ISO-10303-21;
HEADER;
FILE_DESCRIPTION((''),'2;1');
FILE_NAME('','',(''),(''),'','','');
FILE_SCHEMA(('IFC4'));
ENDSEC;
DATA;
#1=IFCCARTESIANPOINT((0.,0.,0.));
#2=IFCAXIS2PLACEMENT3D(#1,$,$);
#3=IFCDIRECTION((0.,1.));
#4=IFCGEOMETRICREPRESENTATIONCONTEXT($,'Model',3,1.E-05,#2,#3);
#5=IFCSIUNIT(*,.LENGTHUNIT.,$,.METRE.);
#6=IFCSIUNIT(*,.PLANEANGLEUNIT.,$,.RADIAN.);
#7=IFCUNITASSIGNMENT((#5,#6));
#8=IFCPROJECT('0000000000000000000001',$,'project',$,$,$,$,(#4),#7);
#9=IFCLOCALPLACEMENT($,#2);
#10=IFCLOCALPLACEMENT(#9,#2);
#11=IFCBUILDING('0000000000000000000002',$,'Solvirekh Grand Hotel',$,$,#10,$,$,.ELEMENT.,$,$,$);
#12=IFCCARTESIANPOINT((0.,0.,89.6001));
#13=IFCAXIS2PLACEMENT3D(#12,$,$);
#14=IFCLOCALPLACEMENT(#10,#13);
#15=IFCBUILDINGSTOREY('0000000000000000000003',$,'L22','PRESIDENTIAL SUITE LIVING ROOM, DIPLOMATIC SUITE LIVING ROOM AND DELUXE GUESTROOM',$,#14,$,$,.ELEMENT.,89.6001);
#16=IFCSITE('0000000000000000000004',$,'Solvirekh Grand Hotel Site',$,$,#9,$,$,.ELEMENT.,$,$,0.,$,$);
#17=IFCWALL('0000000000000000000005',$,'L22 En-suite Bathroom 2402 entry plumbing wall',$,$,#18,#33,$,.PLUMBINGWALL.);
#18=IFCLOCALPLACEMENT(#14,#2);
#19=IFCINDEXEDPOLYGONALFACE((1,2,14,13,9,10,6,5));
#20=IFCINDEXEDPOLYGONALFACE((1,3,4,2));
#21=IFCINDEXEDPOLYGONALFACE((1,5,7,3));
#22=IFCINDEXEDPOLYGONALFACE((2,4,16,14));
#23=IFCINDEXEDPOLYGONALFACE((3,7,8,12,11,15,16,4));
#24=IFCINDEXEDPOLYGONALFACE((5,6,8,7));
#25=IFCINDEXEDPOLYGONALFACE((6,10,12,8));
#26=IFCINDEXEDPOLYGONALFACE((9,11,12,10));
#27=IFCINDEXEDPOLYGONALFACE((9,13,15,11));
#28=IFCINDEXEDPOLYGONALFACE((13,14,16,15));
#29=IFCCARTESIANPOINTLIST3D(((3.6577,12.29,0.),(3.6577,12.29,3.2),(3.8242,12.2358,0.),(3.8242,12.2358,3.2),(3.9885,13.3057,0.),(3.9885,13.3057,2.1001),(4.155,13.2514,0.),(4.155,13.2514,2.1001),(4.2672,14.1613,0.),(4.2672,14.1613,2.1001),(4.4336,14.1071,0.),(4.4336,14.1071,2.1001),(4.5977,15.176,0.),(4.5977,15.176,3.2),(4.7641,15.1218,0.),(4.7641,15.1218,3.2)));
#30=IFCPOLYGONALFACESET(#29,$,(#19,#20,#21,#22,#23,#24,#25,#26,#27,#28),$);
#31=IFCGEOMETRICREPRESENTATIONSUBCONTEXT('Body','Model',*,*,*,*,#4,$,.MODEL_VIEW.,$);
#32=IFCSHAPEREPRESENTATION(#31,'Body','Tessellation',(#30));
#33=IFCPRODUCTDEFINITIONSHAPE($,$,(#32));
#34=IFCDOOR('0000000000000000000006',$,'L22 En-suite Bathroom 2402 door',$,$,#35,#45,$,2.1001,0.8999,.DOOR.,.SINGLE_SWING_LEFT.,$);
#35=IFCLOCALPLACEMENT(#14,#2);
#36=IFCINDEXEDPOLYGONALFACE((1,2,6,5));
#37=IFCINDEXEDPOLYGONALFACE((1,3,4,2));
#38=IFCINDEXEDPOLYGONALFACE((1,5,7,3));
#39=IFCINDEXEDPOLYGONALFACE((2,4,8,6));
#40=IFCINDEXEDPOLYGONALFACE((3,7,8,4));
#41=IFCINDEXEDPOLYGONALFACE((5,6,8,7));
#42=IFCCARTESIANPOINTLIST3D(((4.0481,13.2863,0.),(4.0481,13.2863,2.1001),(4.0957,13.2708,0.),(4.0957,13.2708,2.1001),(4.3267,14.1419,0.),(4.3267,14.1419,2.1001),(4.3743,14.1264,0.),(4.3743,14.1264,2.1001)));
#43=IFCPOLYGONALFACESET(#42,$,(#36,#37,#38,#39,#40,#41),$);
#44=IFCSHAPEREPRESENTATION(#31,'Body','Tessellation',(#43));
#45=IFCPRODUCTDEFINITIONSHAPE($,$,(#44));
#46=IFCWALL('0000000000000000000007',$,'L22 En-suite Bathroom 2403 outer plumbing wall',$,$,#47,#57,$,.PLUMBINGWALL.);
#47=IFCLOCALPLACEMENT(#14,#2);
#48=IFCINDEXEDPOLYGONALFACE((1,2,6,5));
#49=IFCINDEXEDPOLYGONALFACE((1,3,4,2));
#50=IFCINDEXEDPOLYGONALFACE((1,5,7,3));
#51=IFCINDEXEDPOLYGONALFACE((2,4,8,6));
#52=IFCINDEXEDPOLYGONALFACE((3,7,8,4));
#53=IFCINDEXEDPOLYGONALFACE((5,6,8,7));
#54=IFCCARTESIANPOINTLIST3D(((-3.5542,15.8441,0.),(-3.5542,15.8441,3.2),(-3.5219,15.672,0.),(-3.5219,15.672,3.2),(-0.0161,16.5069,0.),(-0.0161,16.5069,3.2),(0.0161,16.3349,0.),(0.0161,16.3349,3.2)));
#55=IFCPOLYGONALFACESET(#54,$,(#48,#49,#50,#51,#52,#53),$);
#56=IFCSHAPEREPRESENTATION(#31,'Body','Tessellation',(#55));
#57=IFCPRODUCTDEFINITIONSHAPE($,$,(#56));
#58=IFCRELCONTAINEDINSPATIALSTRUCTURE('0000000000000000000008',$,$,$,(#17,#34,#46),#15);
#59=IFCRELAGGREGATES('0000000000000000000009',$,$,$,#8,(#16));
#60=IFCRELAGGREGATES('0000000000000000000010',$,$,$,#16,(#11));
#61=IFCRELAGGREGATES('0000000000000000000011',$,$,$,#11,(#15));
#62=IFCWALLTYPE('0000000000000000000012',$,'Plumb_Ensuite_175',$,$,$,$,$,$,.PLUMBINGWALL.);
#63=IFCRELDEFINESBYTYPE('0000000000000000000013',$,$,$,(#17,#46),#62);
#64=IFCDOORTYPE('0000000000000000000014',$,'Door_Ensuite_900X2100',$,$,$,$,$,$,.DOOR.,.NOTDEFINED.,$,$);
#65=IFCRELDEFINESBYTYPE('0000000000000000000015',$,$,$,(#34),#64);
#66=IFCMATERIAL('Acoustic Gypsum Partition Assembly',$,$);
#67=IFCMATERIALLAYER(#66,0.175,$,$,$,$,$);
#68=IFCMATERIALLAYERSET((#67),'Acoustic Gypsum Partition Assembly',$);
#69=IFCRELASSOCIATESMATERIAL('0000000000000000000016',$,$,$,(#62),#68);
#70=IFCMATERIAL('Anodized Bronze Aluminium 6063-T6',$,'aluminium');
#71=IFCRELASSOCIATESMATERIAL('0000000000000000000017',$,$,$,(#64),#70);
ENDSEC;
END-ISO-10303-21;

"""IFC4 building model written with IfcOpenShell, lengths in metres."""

from ifc_helpers import new_model, si_unit, direction, frame, frame_2d, origin, place, context, subcontext, project, spatial, rectangle, extrude, material, layer, layer_set, type_object, element, fill, save


model = new_model("IFC4")

# Units and contexts
model_context = context("Model", 3, precision=1e-05, world=origin(), true_north=direction((0.0, 1.0)))
body_context = subcontext(model_context, "Body", "Model", "MODEL_VIEW")
ifc_project = project(units=[si_unit("LENGTHUNIT", "METRE"), si_unit("PLANEANGLEUNIT", "RADIAN")], contexts=[model_context])

# Site, building, storey
site_placement = place(None, origin())
site = spatial("IfcSite", under=ifc_project, at=site_placement, Name="Solvirekh Grand Hotel Site", CompositionType="ELEMENT", RefElevation=0.0)
building_placement = place(site_placement, origin())
building = spatial("IfcBuilding", under=site, at=building_placement, Name="Solvirekh Grand Hotel", CompositionType="ELEMENT")
storey_placement = place(building_placement, frame((0.0, 0.0, 89.6001)))
storey = spatial("IfcBuildingStorey", under=building, at=storey_placement, Name="L22", Description="PRESIDENTIAL SUITE LIVING ROOM, DIPLOMATIC SUITE LIVING ROOM AND DELUXE GUESTROOM", CompositionType="ELEMENT", Elevation=89.6001)

# Shared definitions
ifc_material_1 = material(Name="Acoustic Gypsum Partition Assembly")

# Shared definitions
ifc_layer_1 = layer(ifc_material_1, 0.175)
ifc_layer_set_1 = layer_set([ifc_layer_1], Name="Acoustic Gypsum Partition Assembly")
wall_type_1 = type_object("IfcWallType", Name="Plumb_Ensuite_175", PredefinedType="PLUMBINGWALL", material=ifc_layer_set_1)

# Wall, opening, door
wall_1_placement = place(storey_placement, frame((3.741, 12.2629, 0.0), z_axis=(0.0, 0.0, 1.0), x_axis=(0.309681, 0.950841, 0.0)))
wall_1 = element("IfcWall", 1, at=wall_1_placement, inside=storey, type_object=wall_type_1, Name="L22 En-suite Bathroom 2402 entry plumbing wall", PredefinedType="PLUMBINGWALL", context=body_context, shape_type="SweptSolid", body=[
    extrude(rectangle(XDim=3.0352, YDim=0.175, at=frame_2d((1.5176, 0.0))), origin(), (0.0, 0.0, 1.0), 3.2),
])
opening_1_placement = place(wall_1_placement, frame((1.0681, 0.0, 0.0)))
opening_1 = element("IfcOpeningElement", 2, at=opening_1_placement, cuts=wall_1, PredefinedType="OPENING", context=body_context, shape_type="SweptSolid", body=[
    extrude(rectangle(XDim=0.8999, YDim=2.1001, at=frame_2d((0.45, 1.05))), frame((0.0, 0.0977, 0.0), z_axis=(0.0, -1.0, 0.0), x_axis=(1.0, 0.0, 0.0)), (0.0, 0.0, 1.0), 0.1951),
])
ifc_material_2 = material(Name="Anodized Bronze Aluminium 6063-T6", Category="aluminium")
door_type_1 = type_object("IfcDoorType", Name="Door_Ensuite_900X2100", OperationType="NOTDEFINED", PredefinedType="DOOR", material=ifc_material_2)
door_1_placement = place(opening_1_placement, origin())
door_1 = element("IfcDoor", 3, at=door_1_placement, inside=storey, type_object=door_type_1, Name="L22 En-suite Bathroom 2402 door", OperationType="SINGLE_SWING_LEFT", OverallHeight=2.1001, OverallWidth=0.8999, PredefinedType="DOOR", context=body_context, shape_type="SweptSolid", body=[
    extrude(rectangle(XDim=0.8999, YDim=2.1001, at=frame_2d((0.45, 1.05))), frame((0.0, 0.0249, 0.0), z_axis=(0.0, -1.0, 0.0), x_axis=(1.0, 0.0, 0.0)), (0.0, 0.0, 1.0), 0.05),
])
fill(opening_1, door_1)

# Wall
wall_2_placement = place(storey_placement, frame((0.0, 16.4209, 0.0), z_axis=(0.0, 0.0, 1.0), x_axis=(-0.9829, -0.184141, 0.0)))
element("IfcWall", 4, at=wall_2_placement, inside=storey, type_object=wall_type_1, Name="L22 En-suite Bathroom 2403 outer plumbing wall", PredefinedType="PLUMBINGWALL", context=body_context, shape_type="SweptSolid", body=[
    extrude(rectangle(XDim=3.5996, YDim=0.175, at=frame_2d((1.7998, 0.0))), origin(), (0.0, 0.0, 1.0), 3.2),
])

save(model, "model.ifc")
